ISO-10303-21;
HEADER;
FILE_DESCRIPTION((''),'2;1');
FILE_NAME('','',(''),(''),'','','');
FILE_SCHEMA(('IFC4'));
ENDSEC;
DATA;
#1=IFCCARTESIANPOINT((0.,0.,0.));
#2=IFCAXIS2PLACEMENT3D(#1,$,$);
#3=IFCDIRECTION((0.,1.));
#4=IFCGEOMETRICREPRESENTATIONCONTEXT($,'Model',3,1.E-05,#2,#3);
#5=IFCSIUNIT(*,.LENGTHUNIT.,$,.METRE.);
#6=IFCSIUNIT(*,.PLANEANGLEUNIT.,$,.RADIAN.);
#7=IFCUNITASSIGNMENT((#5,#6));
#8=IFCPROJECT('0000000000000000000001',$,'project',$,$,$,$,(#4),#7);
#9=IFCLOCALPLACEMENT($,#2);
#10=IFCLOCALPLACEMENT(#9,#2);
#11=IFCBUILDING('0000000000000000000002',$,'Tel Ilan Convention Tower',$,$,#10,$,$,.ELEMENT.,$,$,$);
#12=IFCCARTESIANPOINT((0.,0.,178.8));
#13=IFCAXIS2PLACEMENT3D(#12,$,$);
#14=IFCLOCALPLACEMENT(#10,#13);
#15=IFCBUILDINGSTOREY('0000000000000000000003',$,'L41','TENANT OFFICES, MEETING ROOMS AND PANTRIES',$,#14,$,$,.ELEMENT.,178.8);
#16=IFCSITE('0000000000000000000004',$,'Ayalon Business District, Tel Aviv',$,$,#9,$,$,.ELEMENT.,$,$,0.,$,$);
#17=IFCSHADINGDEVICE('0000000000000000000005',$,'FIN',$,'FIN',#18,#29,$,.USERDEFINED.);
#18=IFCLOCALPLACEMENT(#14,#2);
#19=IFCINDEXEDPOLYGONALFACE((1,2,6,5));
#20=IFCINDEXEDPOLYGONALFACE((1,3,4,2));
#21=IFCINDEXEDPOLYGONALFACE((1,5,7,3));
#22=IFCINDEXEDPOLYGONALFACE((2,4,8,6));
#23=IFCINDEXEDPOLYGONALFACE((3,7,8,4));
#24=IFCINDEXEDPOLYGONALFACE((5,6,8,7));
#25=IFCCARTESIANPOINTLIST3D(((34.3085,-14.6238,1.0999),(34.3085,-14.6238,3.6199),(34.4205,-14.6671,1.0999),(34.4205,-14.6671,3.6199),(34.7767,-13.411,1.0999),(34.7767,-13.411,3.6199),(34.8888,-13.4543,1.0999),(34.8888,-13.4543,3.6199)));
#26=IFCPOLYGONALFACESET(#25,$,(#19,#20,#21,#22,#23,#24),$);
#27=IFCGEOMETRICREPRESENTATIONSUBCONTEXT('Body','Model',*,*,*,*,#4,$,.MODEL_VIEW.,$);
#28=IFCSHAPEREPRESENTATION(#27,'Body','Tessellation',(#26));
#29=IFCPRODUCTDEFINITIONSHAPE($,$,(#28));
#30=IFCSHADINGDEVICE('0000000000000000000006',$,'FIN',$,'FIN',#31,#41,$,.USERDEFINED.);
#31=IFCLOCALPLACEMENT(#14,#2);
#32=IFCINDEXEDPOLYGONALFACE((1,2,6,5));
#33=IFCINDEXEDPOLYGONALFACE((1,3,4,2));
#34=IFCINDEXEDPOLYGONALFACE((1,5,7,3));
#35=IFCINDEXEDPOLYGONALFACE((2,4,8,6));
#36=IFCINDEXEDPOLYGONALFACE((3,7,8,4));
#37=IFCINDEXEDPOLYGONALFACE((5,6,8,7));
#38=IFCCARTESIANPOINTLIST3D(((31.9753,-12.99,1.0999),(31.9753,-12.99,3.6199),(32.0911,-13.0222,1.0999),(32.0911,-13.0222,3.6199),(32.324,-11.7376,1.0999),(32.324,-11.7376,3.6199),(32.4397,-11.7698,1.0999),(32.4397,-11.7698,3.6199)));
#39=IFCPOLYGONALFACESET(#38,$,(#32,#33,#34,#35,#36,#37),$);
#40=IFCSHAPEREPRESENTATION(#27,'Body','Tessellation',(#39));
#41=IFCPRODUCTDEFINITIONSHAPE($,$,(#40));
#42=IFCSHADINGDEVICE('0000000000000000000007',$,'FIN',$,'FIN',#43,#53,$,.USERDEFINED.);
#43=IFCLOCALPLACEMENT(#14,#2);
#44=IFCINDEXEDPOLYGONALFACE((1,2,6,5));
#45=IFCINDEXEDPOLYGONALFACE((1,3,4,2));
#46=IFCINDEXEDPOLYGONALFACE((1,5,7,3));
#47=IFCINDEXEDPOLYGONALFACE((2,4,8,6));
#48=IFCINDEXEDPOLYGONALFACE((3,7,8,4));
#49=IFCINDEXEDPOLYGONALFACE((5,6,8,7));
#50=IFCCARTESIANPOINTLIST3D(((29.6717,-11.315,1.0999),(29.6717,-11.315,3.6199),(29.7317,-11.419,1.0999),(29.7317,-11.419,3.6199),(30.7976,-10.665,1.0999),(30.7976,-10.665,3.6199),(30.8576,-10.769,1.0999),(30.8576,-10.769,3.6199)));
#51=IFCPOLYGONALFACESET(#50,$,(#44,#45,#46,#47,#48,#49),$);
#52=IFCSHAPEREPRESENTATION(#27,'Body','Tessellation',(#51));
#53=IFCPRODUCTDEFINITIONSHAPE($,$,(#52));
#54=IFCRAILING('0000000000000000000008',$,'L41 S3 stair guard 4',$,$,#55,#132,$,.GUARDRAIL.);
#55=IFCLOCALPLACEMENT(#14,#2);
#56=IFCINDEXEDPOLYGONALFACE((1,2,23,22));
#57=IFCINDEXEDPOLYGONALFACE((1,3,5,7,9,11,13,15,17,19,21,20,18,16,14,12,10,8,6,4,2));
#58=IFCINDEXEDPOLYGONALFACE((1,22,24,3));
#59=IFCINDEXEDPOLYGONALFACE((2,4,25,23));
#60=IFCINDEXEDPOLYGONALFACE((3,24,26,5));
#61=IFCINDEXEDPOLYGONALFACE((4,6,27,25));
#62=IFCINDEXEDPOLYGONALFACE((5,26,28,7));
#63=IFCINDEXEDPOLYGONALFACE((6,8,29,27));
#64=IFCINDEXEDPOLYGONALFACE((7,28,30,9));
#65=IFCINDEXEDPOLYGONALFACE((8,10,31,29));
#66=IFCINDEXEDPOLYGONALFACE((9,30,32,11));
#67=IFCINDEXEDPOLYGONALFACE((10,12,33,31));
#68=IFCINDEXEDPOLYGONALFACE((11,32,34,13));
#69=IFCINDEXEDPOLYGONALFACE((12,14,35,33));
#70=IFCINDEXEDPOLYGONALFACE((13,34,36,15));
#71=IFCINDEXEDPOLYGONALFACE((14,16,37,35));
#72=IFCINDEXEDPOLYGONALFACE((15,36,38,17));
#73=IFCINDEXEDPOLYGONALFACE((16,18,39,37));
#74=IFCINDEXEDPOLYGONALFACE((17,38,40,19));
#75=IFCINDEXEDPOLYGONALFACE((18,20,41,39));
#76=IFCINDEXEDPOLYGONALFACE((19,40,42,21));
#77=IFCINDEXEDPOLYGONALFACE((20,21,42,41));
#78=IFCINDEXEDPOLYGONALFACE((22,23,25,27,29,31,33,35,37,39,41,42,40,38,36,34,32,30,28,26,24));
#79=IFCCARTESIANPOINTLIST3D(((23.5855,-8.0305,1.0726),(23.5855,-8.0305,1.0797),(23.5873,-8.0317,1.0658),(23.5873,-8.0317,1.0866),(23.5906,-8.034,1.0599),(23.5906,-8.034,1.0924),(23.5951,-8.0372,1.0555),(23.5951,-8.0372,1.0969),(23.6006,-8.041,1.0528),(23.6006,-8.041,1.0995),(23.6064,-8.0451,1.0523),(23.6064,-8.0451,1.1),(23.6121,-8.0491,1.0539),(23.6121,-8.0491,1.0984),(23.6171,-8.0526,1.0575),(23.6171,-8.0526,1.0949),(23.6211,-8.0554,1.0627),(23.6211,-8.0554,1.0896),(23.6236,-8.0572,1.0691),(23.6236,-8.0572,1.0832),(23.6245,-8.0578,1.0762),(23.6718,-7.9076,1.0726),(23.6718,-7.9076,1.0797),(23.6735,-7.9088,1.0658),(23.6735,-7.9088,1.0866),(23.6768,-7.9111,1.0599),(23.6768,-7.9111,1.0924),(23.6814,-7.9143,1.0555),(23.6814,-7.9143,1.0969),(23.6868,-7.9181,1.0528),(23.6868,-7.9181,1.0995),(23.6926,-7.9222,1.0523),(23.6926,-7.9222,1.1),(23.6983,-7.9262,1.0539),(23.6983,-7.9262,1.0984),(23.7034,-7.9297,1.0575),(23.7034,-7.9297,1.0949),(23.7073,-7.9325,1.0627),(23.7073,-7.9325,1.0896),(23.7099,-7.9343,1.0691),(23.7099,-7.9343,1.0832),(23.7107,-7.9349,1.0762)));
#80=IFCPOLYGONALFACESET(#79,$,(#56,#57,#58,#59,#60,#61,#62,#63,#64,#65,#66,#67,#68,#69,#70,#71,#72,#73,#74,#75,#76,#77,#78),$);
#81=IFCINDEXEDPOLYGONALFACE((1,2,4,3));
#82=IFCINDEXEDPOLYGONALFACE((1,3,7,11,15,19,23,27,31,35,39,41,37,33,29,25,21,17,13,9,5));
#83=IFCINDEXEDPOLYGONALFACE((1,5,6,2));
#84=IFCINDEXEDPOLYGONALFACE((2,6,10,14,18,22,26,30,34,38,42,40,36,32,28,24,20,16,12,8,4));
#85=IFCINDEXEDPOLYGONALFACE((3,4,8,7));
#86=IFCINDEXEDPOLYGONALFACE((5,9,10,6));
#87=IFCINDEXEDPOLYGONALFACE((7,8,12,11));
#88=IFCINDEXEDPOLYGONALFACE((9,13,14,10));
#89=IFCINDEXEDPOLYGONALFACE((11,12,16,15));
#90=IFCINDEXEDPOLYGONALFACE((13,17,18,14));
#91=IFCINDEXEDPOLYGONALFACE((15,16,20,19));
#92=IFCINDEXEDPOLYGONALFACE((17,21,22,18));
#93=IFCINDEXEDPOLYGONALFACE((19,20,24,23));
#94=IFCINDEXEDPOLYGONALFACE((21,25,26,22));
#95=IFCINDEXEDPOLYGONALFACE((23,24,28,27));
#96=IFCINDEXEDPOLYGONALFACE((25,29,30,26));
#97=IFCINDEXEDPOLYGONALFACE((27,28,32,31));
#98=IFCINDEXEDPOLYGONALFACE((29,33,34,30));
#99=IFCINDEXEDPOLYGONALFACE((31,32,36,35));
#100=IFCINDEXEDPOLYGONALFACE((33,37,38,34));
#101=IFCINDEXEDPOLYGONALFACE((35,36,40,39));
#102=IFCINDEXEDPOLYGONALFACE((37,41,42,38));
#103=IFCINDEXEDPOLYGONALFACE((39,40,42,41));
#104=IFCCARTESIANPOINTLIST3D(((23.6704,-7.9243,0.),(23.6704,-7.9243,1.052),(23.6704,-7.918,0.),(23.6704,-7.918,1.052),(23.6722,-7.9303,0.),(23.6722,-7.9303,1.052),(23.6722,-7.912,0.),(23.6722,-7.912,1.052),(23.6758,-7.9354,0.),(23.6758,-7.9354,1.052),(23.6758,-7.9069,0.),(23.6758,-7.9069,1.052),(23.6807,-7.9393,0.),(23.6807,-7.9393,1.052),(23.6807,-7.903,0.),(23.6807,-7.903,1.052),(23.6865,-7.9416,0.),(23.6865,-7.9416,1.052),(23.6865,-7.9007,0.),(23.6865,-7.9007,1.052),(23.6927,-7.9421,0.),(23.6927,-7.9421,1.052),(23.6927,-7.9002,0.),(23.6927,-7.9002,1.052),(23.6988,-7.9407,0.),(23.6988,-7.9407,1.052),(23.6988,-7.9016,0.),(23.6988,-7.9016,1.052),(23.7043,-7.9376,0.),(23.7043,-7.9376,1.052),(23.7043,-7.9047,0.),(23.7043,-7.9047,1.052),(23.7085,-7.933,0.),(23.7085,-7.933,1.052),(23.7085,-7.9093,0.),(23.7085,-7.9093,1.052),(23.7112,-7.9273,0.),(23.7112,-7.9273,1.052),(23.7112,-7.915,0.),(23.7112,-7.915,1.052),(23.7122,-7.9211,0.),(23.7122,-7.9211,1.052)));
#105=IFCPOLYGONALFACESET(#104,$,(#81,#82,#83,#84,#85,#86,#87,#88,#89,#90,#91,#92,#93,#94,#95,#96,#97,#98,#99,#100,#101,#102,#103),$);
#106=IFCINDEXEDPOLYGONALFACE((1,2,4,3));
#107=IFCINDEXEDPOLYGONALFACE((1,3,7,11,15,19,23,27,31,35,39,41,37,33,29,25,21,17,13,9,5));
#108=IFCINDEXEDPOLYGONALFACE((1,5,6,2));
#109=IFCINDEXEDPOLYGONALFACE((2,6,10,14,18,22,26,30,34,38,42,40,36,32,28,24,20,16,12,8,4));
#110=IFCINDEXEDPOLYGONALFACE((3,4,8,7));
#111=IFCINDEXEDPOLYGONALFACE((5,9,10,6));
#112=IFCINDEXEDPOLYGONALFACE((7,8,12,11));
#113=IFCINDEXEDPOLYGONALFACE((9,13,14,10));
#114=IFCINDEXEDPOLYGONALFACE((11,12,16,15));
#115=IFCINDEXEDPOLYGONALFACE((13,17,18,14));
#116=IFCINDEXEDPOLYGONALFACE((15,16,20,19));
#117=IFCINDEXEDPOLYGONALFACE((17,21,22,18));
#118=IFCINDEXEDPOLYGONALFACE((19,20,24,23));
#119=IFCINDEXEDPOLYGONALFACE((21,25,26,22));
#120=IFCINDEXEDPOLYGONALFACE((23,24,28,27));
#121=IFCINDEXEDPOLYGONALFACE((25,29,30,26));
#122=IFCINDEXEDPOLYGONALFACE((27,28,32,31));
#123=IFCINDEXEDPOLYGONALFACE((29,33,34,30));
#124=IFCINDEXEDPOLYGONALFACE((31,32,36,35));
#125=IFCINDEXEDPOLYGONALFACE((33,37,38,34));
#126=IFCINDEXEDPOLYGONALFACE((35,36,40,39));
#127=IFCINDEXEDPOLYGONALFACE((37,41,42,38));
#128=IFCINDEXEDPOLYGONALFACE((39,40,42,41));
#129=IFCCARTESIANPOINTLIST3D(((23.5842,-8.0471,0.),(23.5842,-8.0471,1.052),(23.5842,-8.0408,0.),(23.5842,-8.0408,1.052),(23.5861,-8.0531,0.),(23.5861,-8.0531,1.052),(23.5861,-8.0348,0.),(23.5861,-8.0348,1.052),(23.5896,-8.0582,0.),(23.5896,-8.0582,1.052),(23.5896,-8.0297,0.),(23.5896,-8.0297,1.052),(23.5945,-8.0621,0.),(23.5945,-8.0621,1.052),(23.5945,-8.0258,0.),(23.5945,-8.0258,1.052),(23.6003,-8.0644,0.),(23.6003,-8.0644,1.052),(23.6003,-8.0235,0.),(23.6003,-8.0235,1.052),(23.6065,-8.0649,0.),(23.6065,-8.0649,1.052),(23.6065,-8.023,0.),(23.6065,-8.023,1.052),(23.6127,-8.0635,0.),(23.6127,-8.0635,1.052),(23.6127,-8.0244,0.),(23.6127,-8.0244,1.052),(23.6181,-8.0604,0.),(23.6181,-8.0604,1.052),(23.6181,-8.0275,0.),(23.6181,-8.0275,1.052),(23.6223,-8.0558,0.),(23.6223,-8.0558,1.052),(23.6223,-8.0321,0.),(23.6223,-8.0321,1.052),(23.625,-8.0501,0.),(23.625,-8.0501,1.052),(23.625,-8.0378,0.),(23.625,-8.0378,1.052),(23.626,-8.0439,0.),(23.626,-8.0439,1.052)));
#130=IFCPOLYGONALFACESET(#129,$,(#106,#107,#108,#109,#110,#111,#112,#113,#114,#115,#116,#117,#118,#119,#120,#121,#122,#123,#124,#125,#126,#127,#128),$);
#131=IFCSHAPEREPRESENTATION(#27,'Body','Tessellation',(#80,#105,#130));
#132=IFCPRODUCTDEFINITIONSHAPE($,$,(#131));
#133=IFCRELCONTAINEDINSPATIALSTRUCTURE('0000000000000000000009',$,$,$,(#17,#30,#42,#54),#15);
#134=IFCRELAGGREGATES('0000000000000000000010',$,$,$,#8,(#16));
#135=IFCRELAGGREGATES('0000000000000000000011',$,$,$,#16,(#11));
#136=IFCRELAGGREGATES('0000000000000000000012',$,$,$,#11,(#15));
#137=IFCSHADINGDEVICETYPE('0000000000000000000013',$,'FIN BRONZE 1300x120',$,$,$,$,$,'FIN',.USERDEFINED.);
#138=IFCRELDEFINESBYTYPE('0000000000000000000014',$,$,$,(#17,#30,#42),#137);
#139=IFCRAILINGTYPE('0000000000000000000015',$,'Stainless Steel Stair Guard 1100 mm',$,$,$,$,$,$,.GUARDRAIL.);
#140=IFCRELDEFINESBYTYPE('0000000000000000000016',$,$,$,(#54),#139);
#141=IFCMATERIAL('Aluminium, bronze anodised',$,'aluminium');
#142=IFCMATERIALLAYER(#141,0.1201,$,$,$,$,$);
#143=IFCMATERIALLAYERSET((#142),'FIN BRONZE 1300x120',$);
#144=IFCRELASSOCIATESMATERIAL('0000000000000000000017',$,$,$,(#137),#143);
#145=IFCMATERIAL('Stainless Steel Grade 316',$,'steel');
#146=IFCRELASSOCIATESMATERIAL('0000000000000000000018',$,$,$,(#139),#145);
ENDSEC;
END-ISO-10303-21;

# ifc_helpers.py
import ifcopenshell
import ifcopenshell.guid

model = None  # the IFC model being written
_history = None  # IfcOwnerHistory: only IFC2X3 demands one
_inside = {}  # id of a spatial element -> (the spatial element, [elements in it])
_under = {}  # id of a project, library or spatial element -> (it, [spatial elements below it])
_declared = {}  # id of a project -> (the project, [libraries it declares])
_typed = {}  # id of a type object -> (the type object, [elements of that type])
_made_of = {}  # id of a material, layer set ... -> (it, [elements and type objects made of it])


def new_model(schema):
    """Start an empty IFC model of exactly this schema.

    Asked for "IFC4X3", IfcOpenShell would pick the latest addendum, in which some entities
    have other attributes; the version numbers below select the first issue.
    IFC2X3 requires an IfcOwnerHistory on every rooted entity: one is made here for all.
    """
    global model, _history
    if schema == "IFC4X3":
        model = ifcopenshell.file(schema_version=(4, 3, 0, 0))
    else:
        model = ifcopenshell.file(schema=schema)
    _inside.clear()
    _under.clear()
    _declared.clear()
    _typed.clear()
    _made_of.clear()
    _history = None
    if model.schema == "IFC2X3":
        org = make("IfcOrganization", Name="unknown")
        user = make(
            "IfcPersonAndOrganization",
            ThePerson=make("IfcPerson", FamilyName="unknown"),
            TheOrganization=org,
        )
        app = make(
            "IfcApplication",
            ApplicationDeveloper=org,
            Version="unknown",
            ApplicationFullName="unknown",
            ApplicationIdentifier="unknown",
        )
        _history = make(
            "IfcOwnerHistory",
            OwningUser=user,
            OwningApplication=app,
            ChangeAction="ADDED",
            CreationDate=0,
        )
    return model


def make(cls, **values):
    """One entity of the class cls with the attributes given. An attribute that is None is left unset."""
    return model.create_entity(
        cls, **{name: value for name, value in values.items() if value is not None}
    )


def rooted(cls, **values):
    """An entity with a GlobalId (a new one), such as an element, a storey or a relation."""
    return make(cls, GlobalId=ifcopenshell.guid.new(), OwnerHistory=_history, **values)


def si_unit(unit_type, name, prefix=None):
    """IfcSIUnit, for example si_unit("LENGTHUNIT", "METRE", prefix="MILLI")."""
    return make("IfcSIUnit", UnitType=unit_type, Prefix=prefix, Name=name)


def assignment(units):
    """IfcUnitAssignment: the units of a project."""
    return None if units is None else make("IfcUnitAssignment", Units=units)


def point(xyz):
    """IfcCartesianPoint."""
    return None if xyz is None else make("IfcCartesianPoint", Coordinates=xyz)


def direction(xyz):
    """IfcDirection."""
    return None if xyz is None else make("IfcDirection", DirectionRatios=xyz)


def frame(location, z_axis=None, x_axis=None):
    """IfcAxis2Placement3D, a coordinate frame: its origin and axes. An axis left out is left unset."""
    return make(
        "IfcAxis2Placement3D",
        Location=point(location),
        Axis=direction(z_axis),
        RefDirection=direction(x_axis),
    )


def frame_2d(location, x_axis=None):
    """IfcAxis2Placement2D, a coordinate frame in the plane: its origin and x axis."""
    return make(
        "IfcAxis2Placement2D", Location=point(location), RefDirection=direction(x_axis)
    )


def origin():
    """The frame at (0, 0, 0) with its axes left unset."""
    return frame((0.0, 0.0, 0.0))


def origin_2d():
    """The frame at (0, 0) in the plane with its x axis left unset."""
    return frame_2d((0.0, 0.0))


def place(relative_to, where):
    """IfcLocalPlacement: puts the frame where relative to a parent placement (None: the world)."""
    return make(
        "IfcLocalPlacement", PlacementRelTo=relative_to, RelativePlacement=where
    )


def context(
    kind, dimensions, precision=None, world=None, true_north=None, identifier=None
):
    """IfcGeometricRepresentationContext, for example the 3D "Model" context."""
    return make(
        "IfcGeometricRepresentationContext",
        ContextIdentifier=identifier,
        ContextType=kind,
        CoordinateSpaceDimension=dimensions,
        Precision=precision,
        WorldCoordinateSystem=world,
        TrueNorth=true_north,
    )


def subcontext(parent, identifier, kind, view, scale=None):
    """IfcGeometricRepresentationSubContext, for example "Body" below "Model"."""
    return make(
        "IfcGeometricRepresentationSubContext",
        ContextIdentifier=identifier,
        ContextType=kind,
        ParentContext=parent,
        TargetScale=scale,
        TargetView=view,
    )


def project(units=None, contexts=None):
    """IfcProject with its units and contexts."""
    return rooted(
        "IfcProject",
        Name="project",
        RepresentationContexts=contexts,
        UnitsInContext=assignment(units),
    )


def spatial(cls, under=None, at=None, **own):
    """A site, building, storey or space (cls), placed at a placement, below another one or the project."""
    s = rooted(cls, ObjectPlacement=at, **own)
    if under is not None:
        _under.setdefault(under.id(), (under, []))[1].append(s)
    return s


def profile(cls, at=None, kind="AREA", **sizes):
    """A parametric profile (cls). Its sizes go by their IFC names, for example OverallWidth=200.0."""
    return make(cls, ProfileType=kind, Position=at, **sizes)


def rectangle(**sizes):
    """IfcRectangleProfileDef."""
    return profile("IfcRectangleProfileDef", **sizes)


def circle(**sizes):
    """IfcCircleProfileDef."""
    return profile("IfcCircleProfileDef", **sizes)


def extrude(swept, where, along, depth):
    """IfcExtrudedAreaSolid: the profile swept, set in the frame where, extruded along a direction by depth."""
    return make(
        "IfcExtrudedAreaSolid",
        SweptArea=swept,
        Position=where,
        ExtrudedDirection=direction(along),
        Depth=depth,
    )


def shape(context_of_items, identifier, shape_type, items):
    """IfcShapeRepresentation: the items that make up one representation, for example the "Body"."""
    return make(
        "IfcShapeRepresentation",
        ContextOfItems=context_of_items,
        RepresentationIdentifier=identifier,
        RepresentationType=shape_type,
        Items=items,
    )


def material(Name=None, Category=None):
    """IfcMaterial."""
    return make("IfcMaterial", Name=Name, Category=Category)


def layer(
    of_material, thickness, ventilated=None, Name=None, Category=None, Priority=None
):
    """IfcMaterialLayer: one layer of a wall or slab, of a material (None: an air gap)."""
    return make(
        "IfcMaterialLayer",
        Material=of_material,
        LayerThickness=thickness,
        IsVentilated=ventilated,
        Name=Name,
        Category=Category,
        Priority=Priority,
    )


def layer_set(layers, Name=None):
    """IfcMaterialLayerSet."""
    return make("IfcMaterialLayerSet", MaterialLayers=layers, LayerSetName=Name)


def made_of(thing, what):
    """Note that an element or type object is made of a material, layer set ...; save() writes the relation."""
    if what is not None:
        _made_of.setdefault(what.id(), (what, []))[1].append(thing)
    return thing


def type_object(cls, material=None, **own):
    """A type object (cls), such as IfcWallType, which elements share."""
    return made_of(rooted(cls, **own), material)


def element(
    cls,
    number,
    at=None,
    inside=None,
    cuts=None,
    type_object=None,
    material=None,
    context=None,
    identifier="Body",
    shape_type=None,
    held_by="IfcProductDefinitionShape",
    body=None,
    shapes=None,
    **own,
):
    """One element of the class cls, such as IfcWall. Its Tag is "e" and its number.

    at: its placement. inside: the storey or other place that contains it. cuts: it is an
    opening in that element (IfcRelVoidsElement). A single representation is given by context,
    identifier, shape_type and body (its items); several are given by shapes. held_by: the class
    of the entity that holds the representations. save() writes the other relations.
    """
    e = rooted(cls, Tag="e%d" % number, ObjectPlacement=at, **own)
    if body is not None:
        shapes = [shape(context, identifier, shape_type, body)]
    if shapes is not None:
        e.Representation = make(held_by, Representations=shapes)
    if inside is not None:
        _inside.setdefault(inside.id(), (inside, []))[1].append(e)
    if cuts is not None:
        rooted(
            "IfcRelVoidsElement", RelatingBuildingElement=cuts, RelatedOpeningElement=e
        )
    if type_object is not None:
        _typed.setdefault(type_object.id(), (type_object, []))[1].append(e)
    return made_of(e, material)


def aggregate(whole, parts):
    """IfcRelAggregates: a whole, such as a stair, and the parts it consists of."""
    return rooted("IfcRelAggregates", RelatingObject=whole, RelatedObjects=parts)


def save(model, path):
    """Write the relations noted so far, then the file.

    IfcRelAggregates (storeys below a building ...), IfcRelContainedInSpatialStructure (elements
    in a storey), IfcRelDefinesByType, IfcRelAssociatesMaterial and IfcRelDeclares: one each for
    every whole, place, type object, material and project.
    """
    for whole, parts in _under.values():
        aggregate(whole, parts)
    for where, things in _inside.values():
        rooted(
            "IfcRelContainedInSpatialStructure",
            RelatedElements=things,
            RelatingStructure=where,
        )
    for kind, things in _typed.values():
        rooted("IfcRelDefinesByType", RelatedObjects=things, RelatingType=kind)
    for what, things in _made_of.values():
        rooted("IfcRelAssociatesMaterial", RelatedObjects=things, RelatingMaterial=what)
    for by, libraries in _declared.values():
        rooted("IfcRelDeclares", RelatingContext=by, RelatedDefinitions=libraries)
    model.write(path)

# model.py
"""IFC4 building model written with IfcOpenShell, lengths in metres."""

from ifc_helpers import new_model, si_unit, direction, frame, origin, origin_2d, place, context, subcontext, project, spatial, rectangle, circle, extrude, material, layer, layer_set, type_object, element, save


model = new_model("IFC4")

# Units and contexts
model_context = context("Model", 3, precision=1e-05, world=origin(), true_north=direction((0.0, 1.0)))
body_context = subcontext(model_context, "Body", "Model", "MODEL_VIEW")
ifc_project = project(units=[si_unit("LENGTHUNIT", "METRE"), si_unit("PLANEANGLEUNIT", "RADIAN")], contexts=[model_context])

# Site, building, storey
site_placement = place(None, origin())
site = spatial("IfcSite", under=ifc_project, at=site_placement, Name="Ayalon Business District, Tel Aviv", CompositionType="ELEMENT", RefElevation=0.0)
building_placement = place(site_placement, origin())
building = spatial("IfcBuilding", under=site, at=building_placement, Name="Tel Ilan Convention Tower", CompositionType="ELEMENT")
storey_placement = place(building_placement, frame((0.0, 0.0, 178.8)))
storey = spatial("IfcBuildingStorey", under=building, at=storey_placement, Name="L41", Description="TENANT OFFICES, MEETING ROOMS AND PANTRIES", CompositionType="ELEMENT", Elevation=178.8)

# Shading devices
ifc_material_1 = material(Name="Aluminium, bronze anodised", Category="aluminium")
ifc_layer_1 = layer(ifc_material_1, 0.1201)
ifc_layer_set_1 = layer_set([ifc_layer_1], Name="FIN BRONZE 1300x120")
shading_device_type = type_object("IfcShadingDeviceType", Name="FIN BRONZE 1300x120", ElementType="FIN", PredefinedType="USERDEFINED", material=ifc_layer_set_1)
for number, where, z_axis, x_axis, name in (
    (1, (34.5986, -14.0391, 1.0999), (0.0, 0.0, 1.0), (0.360178, 0.932884, 0.0), "FIN"),
    (2, (32.2075, -12.3799, 1.0999), (0.0, 0.0, 1.0), (0.268173, 0.963371, 0.0), "FIN"),
    (3, (30.2646, -11.042, 1.0999), (0.0, 0.0, 1.0), (0.866025, 0.5, 0.0), "FIN"),
):
    element("IfcShadingDevice", number, at=place(storey_placement, frame(where, z_axis=z_axis, x_axis=x_axis)), inside=storey, type_object=shading_device_type, Name=name, ObjectType="FIN", PredefinedType="USERDEFINED", context=body_context, shape_type="SweptSolid", body=[
        extrude(rectangle(XDim=1.3, YDim=0.1201, at=origin_2d()), origin(), (0.0, 0.0, 1.0), 2.52),
    ])

# Railing
ifc_material_2 = material(Name="Stainless Steel Grade 316", Category="steel")
railing_type_1 = type_object("IfcRailingType", Name="Stainless Steel Stair Guard 1100 mm", PredefinedType="GUARDRAIL", material=ifc_material_2)
railing_1_placement = place(storey_placement, frame((23.6912, -7.9211, 0.0)))
element("IfcRailing", 4, at=railing_1_placement, inside=storey, type_object=railing_type_1, Name="L41 S3 stair guard 4", PredefinedType="GUARDRAIL", context=body_context, shape_type="SweptSolid", body=[
    extrude(circle(Radius=0.0239, at=origin_2d()), frame((0.0, 0.0, 1.0762), z_axis=(-0.574445, -0.818543, 0.0), x_axis=(0.818543, -0.574445, 0.0)), (0.0, 0.0, 1.0), 0.1501),
    extrude(circle(Radius=0.021, at=origin_2d()), origin(), (0.0, 0.0, 1.0), 1.052),
    extrude(circle(Radius=0.021, at=origin_2d()), frame((-0.0862, -0.1228, 0.0)), (0.0, 0.0, 1.0), 1.052),
])

save(model, "model.ifc")
